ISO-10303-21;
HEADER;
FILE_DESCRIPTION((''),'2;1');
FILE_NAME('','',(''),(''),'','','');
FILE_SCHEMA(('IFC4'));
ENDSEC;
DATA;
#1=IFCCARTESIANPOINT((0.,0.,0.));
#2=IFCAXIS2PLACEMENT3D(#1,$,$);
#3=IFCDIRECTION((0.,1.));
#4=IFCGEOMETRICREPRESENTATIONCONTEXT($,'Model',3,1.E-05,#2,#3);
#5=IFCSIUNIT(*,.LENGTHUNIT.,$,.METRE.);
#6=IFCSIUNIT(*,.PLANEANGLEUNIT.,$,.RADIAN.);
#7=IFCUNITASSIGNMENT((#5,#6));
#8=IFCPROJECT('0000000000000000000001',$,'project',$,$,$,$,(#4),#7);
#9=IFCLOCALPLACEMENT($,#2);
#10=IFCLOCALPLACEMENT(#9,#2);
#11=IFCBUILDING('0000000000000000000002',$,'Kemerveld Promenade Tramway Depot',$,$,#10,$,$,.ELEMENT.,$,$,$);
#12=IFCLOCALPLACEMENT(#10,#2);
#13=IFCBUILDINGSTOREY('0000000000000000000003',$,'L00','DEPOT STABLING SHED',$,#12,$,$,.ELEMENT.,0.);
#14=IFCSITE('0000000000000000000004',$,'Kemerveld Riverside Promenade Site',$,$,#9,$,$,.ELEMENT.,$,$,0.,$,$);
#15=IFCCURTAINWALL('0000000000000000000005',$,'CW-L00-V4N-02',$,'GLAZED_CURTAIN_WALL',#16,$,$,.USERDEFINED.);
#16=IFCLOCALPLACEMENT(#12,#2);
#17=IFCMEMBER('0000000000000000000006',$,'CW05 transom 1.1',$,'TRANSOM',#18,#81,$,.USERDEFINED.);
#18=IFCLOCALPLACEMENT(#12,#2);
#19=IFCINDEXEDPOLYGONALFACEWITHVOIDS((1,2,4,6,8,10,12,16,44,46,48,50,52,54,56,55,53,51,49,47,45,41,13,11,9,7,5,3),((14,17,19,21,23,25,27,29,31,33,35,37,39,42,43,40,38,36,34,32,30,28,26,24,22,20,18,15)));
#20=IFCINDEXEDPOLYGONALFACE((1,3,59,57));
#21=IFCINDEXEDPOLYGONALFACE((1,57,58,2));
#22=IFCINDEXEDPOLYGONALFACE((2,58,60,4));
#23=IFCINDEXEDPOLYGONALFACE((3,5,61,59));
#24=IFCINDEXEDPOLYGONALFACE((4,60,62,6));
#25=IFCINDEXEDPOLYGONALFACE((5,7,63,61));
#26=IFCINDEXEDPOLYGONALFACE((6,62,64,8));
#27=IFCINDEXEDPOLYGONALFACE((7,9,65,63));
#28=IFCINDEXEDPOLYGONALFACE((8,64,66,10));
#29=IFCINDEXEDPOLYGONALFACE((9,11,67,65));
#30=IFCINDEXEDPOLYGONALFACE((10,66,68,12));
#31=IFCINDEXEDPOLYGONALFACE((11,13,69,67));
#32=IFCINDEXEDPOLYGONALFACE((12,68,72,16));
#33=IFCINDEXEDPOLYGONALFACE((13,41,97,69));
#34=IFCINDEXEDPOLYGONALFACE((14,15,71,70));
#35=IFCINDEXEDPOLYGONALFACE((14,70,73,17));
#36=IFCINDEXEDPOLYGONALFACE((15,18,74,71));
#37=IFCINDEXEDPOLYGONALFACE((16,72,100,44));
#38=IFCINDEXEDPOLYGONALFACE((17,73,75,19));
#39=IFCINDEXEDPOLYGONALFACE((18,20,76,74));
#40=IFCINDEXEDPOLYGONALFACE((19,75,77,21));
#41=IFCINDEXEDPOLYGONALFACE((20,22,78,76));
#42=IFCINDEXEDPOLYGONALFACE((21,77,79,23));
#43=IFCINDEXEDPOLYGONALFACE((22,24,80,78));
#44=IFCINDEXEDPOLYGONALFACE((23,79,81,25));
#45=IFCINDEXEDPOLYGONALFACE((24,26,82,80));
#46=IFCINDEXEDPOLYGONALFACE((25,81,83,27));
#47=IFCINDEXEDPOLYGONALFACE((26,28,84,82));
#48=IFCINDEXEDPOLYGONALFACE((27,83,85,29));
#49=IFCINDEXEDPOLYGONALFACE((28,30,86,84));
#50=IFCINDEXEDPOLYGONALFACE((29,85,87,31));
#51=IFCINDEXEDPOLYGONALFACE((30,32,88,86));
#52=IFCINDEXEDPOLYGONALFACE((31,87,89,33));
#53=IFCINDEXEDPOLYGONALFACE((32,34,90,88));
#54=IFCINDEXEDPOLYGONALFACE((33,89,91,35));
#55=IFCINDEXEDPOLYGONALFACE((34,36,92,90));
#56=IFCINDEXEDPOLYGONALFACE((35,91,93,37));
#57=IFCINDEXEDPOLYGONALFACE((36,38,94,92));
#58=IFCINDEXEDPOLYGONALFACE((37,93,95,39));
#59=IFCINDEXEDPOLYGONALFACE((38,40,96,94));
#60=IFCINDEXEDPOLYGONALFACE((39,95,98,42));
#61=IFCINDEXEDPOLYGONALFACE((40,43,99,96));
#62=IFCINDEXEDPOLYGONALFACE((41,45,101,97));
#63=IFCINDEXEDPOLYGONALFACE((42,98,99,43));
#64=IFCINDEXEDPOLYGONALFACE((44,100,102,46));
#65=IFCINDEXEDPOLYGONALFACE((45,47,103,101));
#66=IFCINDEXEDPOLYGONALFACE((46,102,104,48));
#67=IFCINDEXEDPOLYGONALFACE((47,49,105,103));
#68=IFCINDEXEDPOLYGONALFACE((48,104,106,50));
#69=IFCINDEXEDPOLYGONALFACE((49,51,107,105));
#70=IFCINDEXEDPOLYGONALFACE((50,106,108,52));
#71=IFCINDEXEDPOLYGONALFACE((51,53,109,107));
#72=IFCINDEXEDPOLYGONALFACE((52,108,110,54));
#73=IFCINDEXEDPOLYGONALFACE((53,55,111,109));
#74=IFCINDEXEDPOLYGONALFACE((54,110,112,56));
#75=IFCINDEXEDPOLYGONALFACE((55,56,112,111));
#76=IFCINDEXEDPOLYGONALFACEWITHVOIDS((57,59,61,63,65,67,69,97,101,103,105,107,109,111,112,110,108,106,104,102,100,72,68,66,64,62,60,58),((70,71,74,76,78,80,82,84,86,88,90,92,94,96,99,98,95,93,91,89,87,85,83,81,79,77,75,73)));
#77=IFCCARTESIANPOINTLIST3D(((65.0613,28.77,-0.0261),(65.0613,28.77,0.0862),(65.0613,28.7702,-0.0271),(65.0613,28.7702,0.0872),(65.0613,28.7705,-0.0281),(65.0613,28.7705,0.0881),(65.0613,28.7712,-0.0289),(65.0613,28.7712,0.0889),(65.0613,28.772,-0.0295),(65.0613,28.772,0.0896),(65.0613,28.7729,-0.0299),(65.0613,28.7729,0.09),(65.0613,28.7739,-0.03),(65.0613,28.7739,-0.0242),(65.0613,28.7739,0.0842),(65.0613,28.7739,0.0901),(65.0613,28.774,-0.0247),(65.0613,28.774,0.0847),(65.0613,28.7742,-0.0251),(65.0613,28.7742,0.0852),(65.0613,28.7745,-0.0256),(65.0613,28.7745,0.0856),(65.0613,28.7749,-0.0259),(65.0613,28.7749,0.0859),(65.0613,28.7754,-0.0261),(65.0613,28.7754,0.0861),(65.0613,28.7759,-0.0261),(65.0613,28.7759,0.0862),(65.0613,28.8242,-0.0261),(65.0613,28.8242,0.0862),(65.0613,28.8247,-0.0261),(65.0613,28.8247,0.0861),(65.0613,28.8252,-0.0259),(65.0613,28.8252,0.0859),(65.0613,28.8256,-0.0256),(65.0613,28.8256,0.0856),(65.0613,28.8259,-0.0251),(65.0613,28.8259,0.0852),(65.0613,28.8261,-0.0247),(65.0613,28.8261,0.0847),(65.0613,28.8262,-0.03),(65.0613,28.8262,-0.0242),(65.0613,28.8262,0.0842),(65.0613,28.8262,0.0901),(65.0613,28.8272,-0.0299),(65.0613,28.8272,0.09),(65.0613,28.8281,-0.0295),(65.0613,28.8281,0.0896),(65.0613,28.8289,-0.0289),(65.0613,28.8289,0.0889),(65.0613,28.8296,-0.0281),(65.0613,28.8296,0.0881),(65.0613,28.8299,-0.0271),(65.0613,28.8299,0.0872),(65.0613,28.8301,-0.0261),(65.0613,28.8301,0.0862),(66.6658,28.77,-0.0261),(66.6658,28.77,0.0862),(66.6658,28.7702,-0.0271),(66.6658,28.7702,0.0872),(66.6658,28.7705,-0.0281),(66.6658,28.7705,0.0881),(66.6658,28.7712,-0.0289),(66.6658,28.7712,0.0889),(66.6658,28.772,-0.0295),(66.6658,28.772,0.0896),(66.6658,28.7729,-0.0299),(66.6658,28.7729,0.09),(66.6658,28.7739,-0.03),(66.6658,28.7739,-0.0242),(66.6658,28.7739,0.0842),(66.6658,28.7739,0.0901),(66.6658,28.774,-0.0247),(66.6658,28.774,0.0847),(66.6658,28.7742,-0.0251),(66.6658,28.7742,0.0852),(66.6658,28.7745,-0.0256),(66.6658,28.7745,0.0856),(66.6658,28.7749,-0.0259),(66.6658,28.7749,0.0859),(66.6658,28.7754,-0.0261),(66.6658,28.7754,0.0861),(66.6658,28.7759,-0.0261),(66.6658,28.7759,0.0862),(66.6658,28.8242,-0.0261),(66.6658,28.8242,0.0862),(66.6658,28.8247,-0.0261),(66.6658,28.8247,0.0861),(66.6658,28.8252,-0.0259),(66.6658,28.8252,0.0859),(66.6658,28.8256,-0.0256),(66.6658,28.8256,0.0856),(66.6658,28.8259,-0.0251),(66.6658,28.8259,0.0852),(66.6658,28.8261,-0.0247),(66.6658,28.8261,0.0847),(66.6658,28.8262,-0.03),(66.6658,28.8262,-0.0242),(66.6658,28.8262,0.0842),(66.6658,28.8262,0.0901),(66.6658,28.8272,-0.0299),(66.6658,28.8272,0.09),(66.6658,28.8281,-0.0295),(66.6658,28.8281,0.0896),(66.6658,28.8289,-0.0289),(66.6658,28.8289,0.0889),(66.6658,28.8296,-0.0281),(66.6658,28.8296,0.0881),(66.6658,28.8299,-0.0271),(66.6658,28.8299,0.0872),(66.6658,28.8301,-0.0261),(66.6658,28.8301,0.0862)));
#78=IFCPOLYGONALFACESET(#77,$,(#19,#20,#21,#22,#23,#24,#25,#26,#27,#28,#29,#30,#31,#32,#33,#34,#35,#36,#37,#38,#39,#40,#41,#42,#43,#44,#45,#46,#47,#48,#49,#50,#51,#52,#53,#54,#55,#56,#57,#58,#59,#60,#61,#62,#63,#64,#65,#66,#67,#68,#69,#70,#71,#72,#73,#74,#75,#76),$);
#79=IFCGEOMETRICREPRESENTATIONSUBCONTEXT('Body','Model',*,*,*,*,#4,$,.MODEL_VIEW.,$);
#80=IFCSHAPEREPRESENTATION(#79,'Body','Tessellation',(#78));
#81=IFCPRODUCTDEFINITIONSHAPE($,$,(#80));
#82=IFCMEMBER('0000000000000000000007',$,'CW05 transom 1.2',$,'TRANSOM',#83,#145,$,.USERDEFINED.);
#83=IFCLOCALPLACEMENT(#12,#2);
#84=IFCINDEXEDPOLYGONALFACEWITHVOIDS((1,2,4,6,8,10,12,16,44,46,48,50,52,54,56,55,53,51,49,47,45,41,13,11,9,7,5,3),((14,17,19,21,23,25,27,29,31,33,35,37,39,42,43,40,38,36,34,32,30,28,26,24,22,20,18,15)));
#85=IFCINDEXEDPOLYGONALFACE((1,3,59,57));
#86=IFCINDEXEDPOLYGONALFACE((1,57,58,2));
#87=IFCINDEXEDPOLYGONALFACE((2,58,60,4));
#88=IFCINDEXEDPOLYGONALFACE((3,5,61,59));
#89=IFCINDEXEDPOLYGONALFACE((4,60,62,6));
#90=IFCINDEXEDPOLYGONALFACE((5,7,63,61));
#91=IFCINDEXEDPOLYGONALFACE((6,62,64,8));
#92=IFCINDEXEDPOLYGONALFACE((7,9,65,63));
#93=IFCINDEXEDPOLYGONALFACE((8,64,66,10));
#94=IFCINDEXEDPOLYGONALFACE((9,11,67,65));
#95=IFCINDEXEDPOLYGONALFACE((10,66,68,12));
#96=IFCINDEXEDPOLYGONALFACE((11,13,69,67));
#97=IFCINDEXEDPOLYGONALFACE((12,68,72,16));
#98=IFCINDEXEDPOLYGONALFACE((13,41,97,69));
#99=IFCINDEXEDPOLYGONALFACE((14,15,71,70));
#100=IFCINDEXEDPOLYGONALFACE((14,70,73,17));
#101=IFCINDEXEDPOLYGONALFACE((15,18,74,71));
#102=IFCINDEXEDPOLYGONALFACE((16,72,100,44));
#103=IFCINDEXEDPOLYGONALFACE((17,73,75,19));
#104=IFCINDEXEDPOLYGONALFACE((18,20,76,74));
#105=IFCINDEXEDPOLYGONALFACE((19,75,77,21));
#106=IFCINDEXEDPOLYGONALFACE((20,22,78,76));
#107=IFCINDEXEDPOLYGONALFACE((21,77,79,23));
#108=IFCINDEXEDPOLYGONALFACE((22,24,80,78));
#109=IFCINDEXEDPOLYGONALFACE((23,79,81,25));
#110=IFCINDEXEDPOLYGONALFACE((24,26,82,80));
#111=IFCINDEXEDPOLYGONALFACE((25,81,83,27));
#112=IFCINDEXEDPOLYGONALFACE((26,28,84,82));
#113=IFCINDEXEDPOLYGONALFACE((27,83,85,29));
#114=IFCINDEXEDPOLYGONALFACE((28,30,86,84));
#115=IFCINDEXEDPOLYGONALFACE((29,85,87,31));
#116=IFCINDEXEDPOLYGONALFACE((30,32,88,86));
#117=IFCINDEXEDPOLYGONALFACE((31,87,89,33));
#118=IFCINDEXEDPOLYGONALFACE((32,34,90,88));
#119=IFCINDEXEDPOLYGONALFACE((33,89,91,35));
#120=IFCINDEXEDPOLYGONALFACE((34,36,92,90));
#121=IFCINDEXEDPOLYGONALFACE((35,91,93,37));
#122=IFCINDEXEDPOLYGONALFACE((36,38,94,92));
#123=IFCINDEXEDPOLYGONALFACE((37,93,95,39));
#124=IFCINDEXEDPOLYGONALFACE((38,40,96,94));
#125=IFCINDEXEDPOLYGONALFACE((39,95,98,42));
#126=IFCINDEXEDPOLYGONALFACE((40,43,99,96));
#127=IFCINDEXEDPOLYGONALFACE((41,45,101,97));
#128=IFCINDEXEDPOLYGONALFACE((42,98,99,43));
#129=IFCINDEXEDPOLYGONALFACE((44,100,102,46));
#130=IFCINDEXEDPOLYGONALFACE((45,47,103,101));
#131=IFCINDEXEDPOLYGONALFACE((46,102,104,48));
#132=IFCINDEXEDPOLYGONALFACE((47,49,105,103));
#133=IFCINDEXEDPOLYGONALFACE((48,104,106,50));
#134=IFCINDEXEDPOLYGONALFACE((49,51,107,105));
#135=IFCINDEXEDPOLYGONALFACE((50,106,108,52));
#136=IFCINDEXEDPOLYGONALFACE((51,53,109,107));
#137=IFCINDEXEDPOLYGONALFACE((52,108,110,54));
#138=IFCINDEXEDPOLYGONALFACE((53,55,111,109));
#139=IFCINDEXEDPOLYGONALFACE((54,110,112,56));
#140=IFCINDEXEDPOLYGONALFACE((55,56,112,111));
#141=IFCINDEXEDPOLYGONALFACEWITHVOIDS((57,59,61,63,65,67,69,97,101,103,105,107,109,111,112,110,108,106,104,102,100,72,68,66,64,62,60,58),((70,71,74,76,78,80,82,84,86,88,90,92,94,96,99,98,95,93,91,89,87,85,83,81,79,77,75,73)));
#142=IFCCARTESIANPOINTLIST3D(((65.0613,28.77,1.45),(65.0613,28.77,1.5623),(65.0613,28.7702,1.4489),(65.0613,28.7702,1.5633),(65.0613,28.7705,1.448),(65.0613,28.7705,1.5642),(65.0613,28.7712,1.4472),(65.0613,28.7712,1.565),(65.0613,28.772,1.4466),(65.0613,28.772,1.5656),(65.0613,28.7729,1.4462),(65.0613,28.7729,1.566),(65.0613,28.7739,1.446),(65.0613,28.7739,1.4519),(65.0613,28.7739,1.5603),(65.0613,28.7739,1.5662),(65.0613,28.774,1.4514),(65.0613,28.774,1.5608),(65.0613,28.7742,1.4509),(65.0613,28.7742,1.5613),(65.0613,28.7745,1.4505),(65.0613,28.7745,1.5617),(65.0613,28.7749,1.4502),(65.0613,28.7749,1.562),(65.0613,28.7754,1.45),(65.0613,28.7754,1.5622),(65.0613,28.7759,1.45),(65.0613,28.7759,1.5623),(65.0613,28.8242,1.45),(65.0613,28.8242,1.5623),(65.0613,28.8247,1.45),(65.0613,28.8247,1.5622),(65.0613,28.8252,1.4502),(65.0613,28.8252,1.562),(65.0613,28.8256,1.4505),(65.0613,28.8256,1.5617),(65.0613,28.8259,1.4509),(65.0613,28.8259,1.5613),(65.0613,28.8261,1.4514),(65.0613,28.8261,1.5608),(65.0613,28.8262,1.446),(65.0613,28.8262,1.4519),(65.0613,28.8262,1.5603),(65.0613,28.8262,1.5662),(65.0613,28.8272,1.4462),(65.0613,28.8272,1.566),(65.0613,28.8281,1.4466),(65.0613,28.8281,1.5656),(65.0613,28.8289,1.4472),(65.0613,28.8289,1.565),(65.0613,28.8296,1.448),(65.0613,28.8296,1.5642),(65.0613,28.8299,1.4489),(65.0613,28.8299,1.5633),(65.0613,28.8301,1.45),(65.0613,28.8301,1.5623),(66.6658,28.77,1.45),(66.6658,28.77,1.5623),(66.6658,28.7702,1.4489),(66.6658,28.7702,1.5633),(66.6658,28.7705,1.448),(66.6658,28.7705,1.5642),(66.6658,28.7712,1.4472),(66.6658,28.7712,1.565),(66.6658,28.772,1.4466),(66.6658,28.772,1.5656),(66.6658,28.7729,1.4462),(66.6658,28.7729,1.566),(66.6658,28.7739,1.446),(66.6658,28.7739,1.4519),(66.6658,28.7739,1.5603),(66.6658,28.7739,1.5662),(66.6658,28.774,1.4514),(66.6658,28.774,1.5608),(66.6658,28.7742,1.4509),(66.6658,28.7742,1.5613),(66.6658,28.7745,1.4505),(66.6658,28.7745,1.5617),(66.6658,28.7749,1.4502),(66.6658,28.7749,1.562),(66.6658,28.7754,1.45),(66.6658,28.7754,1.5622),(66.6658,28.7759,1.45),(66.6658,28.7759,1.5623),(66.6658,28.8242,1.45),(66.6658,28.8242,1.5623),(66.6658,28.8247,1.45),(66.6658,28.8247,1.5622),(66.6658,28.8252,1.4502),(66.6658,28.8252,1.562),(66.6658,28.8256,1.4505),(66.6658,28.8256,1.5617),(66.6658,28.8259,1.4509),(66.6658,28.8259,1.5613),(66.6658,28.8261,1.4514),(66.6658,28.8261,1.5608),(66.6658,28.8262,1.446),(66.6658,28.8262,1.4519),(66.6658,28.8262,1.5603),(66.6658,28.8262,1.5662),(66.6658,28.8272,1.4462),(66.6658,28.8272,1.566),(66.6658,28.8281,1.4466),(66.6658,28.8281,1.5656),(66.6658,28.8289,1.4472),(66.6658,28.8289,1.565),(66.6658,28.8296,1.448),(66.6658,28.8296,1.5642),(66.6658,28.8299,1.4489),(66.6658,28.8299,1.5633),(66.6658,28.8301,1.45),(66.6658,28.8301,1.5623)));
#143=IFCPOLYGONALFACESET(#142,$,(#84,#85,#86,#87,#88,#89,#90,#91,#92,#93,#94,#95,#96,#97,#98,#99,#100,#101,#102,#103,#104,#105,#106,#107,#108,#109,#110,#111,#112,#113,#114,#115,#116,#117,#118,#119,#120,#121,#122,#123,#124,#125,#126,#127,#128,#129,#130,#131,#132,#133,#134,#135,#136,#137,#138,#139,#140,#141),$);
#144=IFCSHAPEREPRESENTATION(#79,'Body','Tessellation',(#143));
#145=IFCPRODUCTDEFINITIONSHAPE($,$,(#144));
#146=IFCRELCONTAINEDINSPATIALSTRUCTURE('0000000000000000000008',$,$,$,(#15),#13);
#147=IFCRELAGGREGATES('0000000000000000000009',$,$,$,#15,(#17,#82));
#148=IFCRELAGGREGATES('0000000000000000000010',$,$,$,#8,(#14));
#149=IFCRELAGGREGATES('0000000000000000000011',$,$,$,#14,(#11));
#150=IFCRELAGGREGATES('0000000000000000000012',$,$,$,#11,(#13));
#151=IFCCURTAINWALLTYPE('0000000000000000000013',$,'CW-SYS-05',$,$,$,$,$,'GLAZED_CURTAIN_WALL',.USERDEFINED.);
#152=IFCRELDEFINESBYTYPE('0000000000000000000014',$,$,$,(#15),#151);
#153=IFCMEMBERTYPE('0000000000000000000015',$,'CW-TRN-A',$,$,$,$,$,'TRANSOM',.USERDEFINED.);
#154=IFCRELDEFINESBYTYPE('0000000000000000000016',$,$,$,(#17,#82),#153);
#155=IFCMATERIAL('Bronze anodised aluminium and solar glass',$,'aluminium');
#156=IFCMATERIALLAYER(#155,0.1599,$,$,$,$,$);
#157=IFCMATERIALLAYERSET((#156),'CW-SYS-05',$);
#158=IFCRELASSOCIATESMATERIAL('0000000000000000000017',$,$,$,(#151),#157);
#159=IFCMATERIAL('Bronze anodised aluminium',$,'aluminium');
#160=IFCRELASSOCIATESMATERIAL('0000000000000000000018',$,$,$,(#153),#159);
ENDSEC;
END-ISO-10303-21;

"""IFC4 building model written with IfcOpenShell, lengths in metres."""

from ifc_helpers import new_model, si_unit, direction, frame, origin, origin_2d, place, context, subcontext, project, spatial, hollow_rectangle, extrude, material, layer, layer_set, material_profile, profile_set, type_object, element, aggregate, save


model = new_model("IFC4")

# Units and contexts
model_context = context("Model", 3, precision=1e-05, world=origin(), true_north=direction((0.0, 1.0)))
body_context = subcontext(model_context, "Body", "Model", "MODEL_VIEW")
ifc_project = project(units=[si_unit("LENGTHUNIT", "METRE"), si_unit("PLANEANGLEUNIT", "RADIAN")], contexts=[model_context])

# Site, building, storey
site_placement = place(None, origin())
site = spatial("IfcSite", under=ifc_project, at=site_placement, Name="Kemerveld Riverside Promenade Site", CompositionType="ELEMENT", RefElevation=0.0)
building_placement = place(site_placement, origin())
building = spatial("IfcBuilding", under=site, at=building_placement, Name="Kemerveld Promenade Tramway Depot", CompositionType="ELEMENT")
storey_placement = place(building_placement, origin())
storey = spatial("IfcBuildingStorey", under=building, at=storey_placement, Name="L00", Description="DEPOT STABLING SHED", CompositionType="ELEMENT", Elevation=0.0)

# Curtain wall, members
ifc_material_1 = material(Name="Bronze anodised aluminium and solar glass", Category="aluminium")
ifc_layer_1 = layer(ifc_material_1, 0.1599)
ifc_layer_set_1 = layer_set([ifc_layer_1], Name="CW-SYS-05")
curtain_wall_type = type_object("IfcCurtainWallType", Name="CW-SYS-05", ElementType="GLAZED_CURTAIN_WALL", PredefinedType="USERDEFINED", material=ifc_layer_set_1)
curtain_wall_placement = place(storey_placement, origin())
curtain_wall = element("IfcCurtainWall", 1, at=curtain_wall_placement, inside=storey, type_object=curtain_wall_type, Name="CW-L00-V4N-02", ObjectType="GLAZED_CURTAIN_WALL", PredefinedType="USERDEFINED")
ifc_material_2 = material(Name="Bronze anodised aluminium", Category="aluminium")
ifc_material_profile_1 = material_profile(ifc_material_2, hollow_rectangle(XDim=0.0601, YDim=0.1201, WallThickness=0.0039, InnerFilletRadius=0.002, OuterFilletRadius=0.0039, at=origin_2d()), Name="CW-TRN-120x60")
ifc_profile_set_1 = profile_set([ifc_material_profile_1], Name="Bronze anodised aluminium")
member_type_1 = type_object("IfcMemberType", Name="CW-TRN-A", ElementType="TRANSOM", PredefinedType="USERDEFINED", material=ifc_profile_set_1)
member_1_placement = place(storey_placement, frame((65.0613, 28.8, 0.03), z_axis=(1.0, 0.0, 0.0), x_axis=(0.0, 1.0, 0.0)))
member_1 = element("IfcMember", 2, at=member_1_placement, type_object=member_type_1, Name="CW05 transom 1.1", ObjectType="TRANSOM", PredefinedType="USERDEFINED", context=body_context, shape_type="SweptSolid", body=[
    extrude(hollow_rectangle(XDim=0.0601, YDim=0.1201, WallThickness=0.0039, InnerFilletRadius=0.002, OuterFilletRadius=0.0039, at=origin_2d()), origin(), (0.0, 0.0, 1.0), 1.6045),
])
member_2_placement = place(storey_placement, frame((65.0613, 28.8, 1.5061), z_axis=(1.0, 0.0, 0.0), x_axis=(0.0, 1.0, 0.0)))
member_2 = element("IfcMember", 3, at=member_2_placement, type_object=member_type_1, Name="CW05 transom 1.2", ObjectType="TRANSOM", PredefinedType="USERDEFINED", context=body_context, shape_type="SweptSolid", body=[
    extrude(hollow_rectangle(XDim=0.0601, YDim=0.1201, WallThickness=0.0039, InnerFilletRadius=0.002, OuterFilletRadius=0.0039, at=origin_2d()), origin(), (0.0, 0.0, 1.0), 1.6045),
])
aggregate(curtain_wall, [member_1, member_2])

save(model, "model.ifc")
